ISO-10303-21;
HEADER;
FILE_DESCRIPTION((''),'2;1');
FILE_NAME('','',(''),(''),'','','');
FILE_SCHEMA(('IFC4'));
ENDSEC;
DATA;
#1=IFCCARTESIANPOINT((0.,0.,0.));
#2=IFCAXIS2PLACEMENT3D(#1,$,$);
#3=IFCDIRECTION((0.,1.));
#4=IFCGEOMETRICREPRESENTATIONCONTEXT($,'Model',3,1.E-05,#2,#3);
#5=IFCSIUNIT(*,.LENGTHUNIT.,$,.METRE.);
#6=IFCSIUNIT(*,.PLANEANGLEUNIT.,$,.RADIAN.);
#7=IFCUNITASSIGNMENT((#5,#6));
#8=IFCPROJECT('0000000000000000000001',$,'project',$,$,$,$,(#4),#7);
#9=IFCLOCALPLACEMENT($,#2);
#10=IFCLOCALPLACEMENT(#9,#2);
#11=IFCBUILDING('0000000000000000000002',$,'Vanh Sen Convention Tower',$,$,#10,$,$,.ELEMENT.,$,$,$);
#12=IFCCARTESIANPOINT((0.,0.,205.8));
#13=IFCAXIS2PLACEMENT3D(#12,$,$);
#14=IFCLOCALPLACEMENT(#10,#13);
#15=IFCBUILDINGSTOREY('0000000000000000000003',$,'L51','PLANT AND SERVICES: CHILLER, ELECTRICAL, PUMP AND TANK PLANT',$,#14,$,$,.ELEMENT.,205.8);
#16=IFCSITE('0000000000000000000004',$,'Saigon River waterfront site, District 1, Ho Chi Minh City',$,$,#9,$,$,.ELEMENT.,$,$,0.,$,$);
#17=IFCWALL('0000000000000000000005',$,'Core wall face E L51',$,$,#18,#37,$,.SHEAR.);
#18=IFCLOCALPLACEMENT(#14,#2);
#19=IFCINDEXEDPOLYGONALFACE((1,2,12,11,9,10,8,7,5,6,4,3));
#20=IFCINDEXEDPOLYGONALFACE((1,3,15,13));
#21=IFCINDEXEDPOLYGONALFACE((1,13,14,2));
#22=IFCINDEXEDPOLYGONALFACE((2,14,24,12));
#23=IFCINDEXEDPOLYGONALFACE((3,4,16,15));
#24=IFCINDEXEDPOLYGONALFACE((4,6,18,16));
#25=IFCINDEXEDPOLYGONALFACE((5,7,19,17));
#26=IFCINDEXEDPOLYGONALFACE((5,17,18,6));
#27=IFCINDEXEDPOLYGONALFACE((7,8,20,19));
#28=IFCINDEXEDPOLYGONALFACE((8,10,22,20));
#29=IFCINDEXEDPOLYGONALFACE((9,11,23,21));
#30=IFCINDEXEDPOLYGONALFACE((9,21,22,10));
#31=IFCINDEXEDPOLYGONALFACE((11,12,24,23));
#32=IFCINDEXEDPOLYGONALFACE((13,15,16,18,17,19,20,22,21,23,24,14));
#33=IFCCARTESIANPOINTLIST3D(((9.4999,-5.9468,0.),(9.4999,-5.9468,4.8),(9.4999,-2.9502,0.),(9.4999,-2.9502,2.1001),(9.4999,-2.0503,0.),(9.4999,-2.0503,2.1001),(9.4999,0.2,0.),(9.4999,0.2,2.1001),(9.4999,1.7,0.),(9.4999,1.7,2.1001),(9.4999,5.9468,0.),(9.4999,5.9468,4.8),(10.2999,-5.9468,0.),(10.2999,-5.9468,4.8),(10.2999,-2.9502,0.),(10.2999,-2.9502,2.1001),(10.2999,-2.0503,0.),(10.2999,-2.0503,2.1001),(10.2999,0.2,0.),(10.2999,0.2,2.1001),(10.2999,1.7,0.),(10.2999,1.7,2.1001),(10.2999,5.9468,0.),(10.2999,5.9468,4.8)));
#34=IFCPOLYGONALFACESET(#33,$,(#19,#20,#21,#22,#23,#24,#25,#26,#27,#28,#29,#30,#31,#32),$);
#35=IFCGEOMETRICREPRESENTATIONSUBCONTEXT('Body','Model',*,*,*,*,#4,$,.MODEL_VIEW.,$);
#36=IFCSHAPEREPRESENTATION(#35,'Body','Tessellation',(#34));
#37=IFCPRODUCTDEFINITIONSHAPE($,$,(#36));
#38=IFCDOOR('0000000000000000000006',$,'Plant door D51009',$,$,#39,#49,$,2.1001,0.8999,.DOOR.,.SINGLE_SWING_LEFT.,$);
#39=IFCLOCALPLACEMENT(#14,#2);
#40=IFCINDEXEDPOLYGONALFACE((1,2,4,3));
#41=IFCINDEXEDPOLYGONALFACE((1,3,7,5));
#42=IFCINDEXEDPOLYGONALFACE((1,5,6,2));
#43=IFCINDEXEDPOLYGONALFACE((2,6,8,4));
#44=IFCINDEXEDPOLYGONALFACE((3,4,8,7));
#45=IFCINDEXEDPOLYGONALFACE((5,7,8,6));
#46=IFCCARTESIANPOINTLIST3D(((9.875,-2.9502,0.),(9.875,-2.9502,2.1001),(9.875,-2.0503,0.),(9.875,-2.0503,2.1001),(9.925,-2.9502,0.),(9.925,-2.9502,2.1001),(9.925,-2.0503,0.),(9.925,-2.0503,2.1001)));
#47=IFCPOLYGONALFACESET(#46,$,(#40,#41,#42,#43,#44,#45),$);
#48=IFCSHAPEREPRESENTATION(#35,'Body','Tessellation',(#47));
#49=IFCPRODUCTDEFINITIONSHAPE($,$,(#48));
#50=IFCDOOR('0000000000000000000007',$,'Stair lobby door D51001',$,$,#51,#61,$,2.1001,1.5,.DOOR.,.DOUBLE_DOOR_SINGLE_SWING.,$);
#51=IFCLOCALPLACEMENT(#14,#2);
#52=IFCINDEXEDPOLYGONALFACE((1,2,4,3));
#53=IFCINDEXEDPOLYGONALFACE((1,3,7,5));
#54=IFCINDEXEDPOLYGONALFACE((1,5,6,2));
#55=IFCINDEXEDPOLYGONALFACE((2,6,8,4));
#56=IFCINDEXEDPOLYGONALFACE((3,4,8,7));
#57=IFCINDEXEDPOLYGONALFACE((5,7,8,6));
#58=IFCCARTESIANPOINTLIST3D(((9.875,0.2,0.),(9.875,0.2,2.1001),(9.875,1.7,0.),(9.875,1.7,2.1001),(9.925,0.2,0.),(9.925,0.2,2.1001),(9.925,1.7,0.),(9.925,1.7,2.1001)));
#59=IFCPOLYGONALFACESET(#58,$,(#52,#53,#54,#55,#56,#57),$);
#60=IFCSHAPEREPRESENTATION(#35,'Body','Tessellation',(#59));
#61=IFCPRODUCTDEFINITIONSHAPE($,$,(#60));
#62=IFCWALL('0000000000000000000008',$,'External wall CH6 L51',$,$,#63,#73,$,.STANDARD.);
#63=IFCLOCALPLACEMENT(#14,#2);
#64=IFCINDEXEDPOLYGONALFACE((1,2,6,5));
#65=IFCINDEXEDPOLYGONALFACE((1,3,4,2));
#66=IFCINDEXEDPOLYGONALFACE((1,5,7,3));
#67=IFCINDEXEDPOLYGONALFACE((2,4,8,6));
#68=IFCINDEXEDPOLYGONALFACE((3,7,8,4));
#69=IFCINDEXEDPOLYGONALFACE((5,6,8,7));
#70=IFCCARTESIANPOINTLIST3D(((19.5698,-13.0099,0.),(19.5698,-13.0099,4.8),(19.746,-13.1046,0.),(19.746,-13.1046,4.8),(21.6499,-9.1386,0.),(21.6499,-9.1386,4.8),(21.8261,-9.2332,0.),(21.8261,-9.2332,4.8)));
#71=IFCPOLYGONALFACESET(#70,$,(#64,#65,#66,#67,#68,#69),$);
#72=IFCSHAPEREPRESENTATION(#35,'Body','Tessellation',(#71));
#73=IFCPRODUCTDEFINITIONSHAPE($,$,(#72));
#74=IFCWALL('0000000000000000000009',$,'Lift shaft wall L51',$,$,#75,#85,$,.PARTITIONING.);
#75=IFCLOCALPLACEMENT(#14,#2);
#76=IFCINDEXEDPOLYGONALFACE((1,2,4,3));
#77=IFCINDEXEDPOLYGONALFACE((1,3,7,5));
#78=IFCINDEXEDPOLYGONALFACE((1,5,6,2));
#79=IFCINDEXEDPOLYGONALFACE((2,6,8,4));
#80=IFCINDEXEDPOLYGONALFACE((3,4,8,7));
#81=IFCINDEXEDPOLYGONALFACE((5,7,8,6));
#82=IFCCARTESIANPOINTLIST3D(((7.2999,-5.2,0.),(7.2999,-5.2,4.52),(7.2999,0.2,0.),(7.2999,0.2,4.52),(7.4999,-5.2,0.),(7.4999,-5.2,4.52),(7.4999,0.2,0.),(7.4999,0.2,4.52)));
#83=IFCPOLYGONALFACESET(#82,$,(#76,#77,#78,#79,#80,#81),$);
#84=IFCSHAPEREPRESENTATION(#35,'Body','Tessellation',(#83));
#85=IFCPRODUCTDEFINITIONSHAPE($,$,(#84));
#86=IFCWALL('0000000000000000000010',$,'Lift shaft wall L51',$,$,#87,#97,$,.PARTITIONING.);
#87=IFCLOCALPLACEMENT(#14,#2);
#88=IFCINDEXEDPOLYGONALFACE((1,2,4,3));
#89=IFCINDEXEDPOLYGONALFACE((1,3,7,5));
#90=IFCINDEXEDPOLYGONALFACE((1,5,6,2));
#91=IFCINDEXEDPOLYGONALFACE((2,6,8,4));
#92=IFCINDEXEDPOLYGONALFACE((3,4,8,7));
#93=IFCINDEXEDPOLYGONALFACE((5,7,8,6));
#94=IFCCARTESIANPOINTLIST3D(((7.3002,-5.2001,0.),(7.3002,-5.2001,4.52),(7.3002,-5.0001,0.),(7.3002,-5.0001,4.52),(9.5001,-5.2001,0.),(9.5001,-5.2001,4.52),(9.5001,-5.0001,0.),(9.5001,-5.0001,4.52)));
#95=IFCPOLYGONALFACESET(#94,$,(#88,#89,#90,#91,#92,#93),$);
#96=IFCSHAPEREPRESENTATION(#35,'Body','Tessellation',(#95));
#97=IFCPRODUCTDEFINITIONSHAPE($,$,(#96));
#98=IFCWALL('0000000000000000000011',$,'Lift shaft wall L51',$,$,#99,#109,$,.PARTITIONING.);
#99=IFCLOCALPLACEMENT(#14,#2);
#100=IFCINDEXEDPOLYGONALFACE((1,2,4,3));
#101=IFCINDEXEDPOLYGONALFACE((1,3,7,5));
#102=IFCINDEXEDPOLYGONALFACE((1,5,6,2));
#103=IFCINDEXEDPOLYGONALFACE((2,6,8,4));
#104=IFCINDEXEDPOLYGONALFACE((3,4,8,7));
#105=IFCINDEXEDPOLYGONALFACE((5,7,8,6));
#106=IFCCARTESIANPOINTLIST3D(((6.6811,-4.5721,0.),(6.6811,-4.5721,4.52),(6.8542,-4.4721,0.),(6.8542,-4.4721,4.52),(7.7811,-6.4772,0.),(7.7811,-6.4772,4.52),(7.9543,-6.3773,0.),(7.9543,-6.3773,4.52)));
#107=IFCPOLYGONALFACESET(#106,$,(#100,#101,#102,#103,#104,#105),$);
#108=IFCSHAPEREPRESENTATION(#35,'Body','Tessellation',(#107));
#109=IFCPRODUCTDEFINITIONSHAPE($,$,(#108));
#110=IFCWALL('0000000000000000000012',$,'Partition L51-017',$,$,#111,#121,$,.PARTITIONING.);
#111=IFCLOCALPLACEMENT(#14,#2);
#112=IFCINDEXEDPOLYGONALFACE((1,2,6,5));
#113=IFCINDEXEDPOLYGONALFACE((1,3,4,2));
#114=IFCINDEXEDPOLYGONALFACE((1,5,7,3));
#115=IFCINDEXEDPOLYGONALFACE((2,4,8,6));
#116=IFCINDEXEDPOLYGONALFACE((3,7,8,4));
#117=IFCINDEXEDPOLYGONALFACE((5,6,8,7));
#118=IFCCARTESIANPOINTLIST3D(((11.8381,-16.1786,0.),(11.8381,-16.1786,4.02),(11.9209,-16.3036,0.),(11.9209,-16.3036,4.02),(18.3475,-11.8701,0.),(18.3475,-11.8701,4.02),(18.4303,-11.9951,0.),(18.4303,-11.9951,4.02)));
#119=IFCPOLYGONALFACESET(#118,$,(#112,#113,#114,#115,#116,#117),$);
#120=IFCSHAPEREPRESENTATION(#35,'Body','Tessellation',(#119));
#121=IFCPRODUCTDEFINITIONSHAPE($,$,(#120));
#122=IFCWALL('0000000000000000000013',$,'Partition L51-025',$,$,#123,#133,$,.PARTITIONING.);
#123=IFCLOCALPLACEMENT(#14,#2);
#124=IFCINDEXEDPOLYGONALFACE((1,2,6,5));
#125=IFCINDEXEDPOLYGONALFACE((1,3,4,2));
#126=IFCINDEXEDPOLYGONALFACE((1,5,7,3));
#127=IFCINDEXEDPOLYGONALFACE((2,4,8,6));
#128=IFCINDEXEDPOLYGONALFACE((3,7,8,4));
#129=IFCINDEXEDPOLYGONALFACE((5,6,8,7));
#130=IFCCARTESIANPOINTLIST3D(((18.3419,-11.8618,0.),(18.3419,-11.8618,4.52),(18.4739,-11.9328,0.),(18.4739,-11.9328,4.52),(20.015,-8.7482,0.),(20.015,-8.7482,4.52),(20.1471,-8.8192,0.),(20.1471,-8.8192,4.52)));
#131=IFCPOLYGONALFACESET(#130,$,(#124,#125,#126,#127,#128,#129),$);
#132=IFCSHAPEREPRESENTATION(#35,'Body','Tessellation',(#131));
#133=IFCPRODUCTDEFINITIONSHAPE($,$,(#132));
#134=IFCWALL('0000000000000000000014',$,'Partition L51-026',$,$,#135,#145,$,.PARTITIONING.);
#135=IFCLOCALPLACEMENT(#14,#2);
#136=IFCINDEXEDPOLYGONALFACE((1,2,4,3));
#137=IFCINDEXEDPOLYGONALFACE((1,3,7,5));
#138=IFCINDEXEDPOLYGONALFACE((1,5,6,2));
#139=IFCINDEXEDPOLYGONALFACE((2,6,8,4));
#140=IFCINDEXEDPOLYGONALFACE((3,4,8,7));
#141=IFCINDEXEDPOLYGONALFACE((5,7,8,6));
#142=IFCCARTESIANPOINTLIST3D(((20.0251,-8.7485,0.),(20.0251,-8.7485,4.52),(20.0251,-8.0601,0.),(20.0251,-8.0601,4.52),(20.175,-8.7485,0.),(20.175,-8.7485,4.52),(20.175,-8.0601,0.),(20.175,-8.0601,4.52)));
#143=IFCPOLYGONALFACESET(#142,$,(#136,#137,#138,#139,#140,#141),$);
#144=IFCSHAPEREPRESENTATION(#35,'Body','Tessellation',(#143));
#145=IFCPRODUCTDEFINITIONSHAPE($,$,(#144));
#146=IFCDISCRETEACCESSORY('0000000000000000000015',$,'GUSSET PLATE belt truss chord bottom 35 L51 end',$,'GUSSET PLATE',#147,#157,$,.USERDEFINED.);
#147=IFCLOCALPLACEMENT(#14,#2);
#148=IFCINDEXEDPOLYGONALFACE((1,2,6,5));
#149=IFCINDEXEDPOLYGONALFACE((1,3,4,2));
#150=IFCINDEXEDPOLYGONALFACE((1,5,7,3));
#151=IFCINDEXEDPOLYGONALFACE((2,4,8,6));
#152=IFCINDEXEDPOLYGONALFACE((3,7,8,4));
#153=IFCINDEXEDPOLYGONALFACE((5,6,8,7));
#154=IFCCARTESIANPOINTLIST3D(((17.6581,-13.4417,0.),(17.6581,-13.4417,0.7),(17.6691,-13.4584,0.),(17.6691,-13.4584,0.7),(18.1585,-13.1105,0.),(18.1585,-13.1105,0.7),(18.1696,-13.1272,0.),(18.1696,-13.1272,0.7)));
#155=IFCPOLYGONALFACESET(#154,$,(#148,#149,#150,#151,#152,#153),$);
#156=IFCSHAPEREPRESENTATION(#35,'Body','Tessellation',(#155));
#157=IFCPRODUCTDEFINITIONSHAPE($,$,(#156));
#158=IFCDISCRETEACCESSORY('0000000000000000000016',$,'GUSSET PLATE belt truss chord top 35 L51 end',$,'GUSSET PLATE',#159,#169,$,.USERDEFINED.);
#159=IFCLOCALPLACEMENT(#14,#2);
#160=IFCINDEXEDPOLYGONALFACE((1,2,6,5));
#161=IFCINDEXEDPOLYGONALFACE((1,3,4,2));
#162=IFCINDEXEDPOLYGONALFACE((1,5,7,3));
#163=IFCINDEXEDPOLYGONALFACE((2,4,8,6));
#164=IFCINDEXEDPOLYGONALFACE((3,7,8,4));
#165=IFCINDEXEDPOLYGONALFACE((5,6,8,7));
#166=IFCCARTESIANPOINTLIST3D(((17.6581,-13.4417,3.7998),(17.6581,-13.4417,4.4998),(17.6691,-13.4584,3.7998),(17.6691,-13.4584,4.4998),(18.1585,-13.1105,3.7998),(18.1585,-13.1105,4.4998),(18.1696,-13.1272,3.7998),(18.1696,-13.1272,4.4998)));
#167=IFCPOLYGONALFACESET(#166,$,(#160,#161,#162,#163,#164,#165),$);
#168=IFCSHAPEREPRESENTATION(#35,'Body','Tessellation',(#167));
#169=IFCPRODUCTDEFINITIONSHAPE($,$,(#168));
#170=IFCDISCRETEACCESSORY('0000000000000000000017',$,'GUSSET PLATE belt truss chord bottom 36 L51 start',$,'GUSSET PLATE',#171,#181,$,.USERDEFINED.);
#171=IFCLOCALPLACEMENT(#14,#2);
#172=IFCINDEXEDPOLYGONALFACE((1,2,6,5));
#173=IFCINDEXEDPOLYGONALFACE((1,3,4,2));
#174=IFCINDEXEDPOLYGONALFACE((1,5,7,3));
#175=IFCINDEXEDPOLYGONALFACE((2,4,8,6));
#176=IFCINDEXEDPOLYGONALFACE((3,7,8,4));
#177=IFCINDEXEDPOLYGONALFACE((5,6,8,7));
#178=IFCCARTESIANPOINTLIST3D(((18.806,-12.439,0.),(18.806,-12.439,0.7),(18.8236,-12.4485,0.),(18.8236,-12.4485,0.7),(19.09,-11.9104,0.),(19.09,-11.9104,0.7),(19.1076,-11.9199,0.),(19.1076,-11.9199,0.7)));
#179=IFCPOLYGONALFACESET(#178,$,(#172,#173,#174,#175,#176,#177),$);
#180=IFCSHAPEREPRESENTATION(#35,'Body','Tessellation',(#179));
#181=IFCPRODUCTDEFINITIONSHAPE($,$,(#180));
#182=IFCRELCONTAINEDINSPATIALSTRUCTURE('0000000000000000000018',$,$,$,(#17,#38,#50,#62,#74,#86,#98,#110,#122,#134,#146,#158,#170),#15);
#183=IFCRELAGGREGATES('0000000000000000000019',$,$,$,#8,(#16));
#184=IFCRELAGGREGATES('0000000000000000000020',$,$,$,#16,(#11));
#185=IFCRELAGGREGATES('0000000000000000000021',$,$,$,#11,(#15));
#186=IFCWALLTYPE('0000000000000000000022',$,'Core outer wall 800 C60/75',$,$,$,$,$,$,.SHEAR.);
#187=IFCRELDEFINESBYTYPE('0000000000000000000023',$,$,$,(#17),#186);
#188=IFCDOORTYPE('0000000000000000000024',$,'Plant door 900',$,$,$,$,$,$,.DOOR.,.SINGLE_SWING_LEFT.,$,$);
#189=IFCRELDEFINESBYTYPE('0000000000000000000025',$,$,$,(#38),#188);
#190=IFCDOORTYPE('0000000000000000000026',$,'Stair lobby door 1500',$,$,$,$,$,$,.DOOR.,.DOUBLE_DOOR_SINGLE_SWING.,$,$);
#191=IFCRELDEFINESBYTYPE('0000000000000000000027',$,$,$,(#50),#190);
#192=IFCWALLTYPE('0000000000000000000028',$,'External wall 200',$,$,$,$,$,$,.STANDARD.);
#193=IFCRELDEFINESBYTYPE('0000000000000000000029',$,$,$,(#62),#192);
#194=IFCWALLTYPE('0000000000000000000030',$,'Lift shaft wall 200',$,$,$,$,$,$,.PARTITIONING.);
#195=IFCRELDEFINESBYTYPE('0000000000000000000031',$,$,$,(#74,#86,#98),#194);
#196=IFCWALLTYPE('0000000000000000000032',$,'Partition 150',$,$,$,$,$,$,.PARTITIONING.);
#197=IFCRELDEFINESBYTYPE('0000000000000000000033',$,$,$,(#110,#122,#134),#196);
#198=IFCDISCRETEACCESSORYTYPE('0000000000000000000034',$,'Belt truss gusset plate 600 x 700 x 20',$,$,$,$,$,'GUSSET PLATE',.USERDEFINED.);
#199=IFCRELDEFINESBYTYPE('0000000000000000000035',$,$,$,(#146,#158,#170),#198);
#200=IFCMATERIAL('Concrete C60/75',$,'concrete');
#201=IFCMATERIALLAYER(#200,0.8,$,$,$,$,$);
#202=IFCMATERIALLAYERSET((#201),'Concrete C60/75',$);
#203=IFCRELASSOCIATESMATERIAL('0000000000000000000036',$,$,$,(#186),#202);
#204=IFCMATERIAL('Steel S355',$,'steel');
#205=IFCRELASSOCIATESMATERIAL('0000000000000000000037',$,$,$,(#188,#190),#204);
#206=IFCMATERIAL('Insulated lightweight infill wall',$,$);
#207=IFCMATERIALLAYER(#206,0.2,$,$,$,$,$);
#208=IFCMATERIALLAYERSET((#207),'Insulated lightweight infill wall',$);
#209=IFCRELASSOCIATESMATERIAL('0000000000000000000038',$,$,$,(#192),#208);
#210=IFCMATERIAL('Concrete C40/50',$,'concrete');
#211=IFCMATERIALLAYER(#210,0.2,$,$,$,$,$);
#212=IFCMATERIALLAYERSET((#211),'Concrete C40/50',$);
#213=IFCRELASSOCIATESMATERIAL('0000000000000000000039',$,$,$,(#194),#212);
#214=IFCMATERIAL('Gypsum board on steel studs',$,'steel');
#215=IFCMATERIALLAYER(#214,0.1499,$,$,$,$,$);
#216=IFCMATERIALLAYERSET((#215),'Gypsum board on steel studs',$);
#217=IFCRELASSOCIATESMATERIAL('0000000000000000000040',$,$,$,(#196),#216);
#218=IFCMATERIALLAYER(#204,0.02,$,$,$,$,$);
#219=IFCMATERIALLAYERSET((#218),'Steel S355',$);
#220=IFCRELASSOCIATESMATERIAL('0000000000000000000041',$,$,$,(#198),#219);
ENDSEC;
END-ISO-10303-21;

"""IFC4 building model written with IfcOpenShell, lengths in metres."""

from ifc_helpers import new_model, si_unit, direction, frame, frame_2d, origin, origin_2d, place, context, subcontext, project, spatial, rectangle, extrude, material, layer, layer_set, type_object, element, fill, save


model = new_model("IFC4")

# Units and contexts
model_context = context("Model", 3, precision=1e-05, world=origin(), true_north=direction((0.0, 1.0)))
body_context = subcontext(model_context, "Body", "Model", "MODEL_VIEW")
ifc_project = project(units=[si_unit("LENGTHUNIT", "METRE"), si_unit("PLANEANGLEUNIT", "RADIAN")], contexts=[model_context])

# Site, building, storey
site_placement = place(None, origin())
site = spatial("IfcSite", under=ifc_project, at=site_placement, Name="Saigon River waterfront site, District 1, Ho Chi Minh City", CompositionType="ELEMENT", RefElevation=0.0)
building_placement = place(site_placement, origin())
building = spatial("IfcBuilding", under=site, at=building_placement, Name="Vanh Sen Convention Tower", CompositionType="ELEMENT")
storey_placement = place(building_placement, frame((0.0, 0.0, 205.8)))
storey = spatial("IfcBuildingStorey", under=building, at=storey_placement, Name="L51", Description="PLANT AND SERVICES: CHILLER, ELECTRICAL, PUMP AND TANK PLANT", CompositionType="ELEMENT", Elevation=205.8)

# Shared definitions
ifc_material_1 = material(Name="Steel S355", Category="steel")

# Shared definitions
ifc_material_2 = material(Name="Concrete C40/50", Category="concrete")

# Wall, openings, doors
ifc_material_3 = material(Name="Concrete C60/75", Category="concrete")
ifc_layer_1 = layer(ifc_material_3, 0.8)
ifc_layer_set_1 = layer_set([ifc_layer_1], Name="Concrete C60/75")
wall_type_1 = type_object("IfcWallType", Name="Core outer wall 800 C60/75", PredefinedType="SHEAR", material=ifc_layer_set_1)
wall_1_placement = place(storey_placement, frame((9.8999, -5.9468, 0.0), z_axis=(0.0, 0.0, 1.0), x_axis=(0.0, 1.0, 0.0)))
wall_1 = element("IfcWall", 1, at=wall_1_placement, inside=storey, type_object=wall_type_1, Name="Core wall face E L51", PredefinedType="SHEAR", context=body_context, shape_type="SweptSolid", body=[
    extrude(rectangle(XDim=11.8936, YDim=0.8, at=frame_2d((5.9468, 0.0))), origin(), (0.0, 0.0, 1.0), 4.8),
])
opening_1_placement = place(wall_1_placement, frame((6.1467, 0.0, 0.0)))
opening_1 = element("IfcOpeningElement", 2, at=opening_1_placement, cuts=wall_1, PredefinedType="OPENING", context=body_context, shape_type="SweptSolid", body=[
    extrude(rectangle(XDim=1.5, YDim=2.1001, at=frame_2d((0.75, 1.05))), frame((0.0, 0.4099, 0.0), z_axis=(0.0, -1.0, 0.0), x_axis=(1.0, 0.0, 0.0)), (0.0, 0.0, 1.0), 0.8201),
])
opening_2_placement = place(wall_1_placement, frame((2.9966, 0.0, 0.0)))
opening_2 = element("IfcOpeningElement", 3, at=opening_2_placement, cuts=wall_1, PredefinedType="OPENING", context=body_context, shape_type="SweptSolid", body=[
    extrude(rectangle(XDim=0.8999, YDim=2.1001, at=frame_2d((0.45, 1.05))), frame((0.0, 0.4099, 0.0), z_axis=(0.0, -1.0, 0.0), x_axis=(1.0, 0.0, 0.0)), (0.0, 0.0, 1.0), 0.8201),
])
door_type_1 = type_object("IfcDoorType", Name="Plant door 900", OperationType="SINGLE_SWING_LEFT", PredefinedType="DOOR", material=ifc_material_1)
door_1_placement = place(opening_2_placement, origin())
door_1 = element("IfcDoor", 4, at=door_1_placement, inside=storey, type_object=door_type_1, Name="Plant door D51009", OperationType="SINGLE_SWING_LEFT", OverallHeight=2.1001, OverallWidth=0.8999, PredefinedType="DOOR", context=body_context, shape_type="SweptSolid", body=[
    extrude(rectangle(XDim=0.8999, YDim=2.1001, at=frame_2d((0.45, 1.05))), frame((0.0, 0.0249, 0.0), z_axis=(0.0, -1.0, 0.0), x_axis=(1.0, 0.0, 0.0)), (0.0, 0.0, 1.0), 0.05),
])
fill(opening_2, door_1)
door_type_2 = type_object("IfcDoorType", Name="Stair lobby door 1500", OperationType="DOUBLE_DOOR_SINGLE_SWING", PredefinedType="DOOR", material=ifc_material_1)
door_2_placement = place(opening_1_placement, origin())
door_2 = element("IfcDoor", 5, at=door_2_placement, inside=storey, type_object=door_type_2, Name="Stair lobby door D51001", OperationType="DOUBLE_DOOR_SINGLE_SWING", OverallHeight=2.1001, OverallWidth=1.5, PredefinedType="DOOR", context=body_context, shape_type="SweptSolid", body=[
    extrude(rectangle(XDim=1.5, YDim=2.1001, at=frame_2d((0.75, 1.05))), frame((0.0, 0.0249, 0.0), z_axis=(0.0, -1.0, 0.0), x_axis=(1.0, 0.0, 0.0)), (0.0, 0.0, 1.0), 0.05),
])
fill(opening_1, door_2)

# Walls
ifc_material_4 = material(Name="Insulated lightweight infill wall")
ifc_layer_2 = layer(ifc_material_4, 0.2)
ifc_layer_set_2 = layer_set([ifc_layer_2], Name="Insulated lightweight infill wall")
wall_type_2 = type_object("IfcWallType", Name="External wall 200", PredefinedType="STANDARD", material=ifc_layer_set_2)
wall_2_placement = place(storey_placement, frame((19.658, -13.0571, 0.0), z_axis=(0.0, 0.0, 1.0), x_axis=(0.473308, 0.880897, 0.0)))
element("IfcWall", 6, at=wall_2_placement, inside=storey, type_object=wall_type_2, Name="External wall CH6 L51", PredefinedType="STANDARD", context=body_context, shape_type="SweptSolid", body=[
    extrude(rectangle(XDim=4.3948, YDim=0.2, at=frame_2d((2.1973, 0.0))), origin(), (0.0, 0.0, 1.0), 4.8),
])
ifc_layer_3 = layer(ifc_material_2, 0.2)
ifc_layer_set_3 = layer_set([ifc_layer_3], Name="Concrete C40/50")
wall_type_3 = type_object("IfcWallType", Name="Lift shaft wall 200", PredefinedType="PARTITIONING", material=ifc_layer_set_3)
wall_3_placement = place(storey_placement, frame((7.3999, -5.2, 0.0), z_axis=(0.0, 0.0, 1.0), x_axis=(0.0, 1.0, 0.0)))
element("IfcWall", 7, at=wall_3_placement, inside=storey, type_object=wall_type_3, Name="Lift shaft wall L51", PredefinedType="PARTITIONING", context=body_context, shape_type="SweptSolid", body=[
    extrude(rectangle(XDim=5.3999, YDim=0.2, at=frame_2d((2.7, 0.0))), origin(), (0.0, 0.0, 1.0), 4.52),
])
for number, where, z_axis, x_axis, name in (
    (8, (7.3, -5.1001, 0.0), (0.0, 0.0, 1.0), (1.0, 0.0, 0.0), "Lift shaft wall L51"),
    (9, (6.7676, -4.522, 0.0), (0.0, 0.0, 1.0), (0.50003, -0.866008, 0.0), "Lift shaft wall L51"),
):
    element("IfcWall", number, at=place(storey_placement, frame(where, z_axis=z_axis, x_axis=x_axis)), inside=storey, type_object=wall_type_3, Name=name, PredefinedType="PARTITIONING", context=body_context, shape_type="SweptSolid", body=[
        extrude(rectangle(XDim=2.2, YDim=0.2, at=frame_2d((1.1001, 0.0))), origin(), (0.0, 0.0, 1.0), 4.52),
    ])
ifc_material_5 = material(Name="Gypsum board on steel studs", Category="steel")
ifc_layer_4 = layer(ifc_material_5, 0.1499)
ifc_layer_set_4 = layer_set([ifc_layer_4], Name="Gypsum board on steel studs")
wall_type_4 = type_object("IfcWallType", Name="Partition 150", PredefinedType="PARTITIONING", material=ifc_layer_set_4)
wall_4_placement = place(storey_placement, frame((18.3889, -11.9326, 0.0), z_axis=(0.0, 0.0, 1.0), x_axis=(-0.833884, -0.55194, 0.0)))
element("IfcWall", 10, at=wall_4_placement, inside=storey, type_object=wall_type_4, Name="Partition L51-017", PredefinedType="PARTITIONING", context=body_context, shape_type="SweptSolid", body=[
    extrude(rectangle(XDim=7.8062, YDim=0.1499, at=frame_2d((3.9031, 0.0))), origin(), (0.0, 0.0, 1.0), 4.02),
])
wall_5_placement = place(storey_placement, frame((20.0811, -8.7837, 0.0), z_axis=(0.0, 0.0, 1.0), x_axis=(-0.47335, -0.880874, 0.0)))
element("IfcWall", 11, at=wall_5_placement, inside=storey, type_object=wall_type_4, Name="Partition L51-025", PredefinedType="PARTITIONING", context=body_context, shape_type="SweptSolid", body=[
    extrude(rectangle(XDim=3.5347, YDim=0.1499, at=frame_2d((1.7673, 0.0))), origin(), (0.0, 0.0, 1.0), 4.52),
])
wall_6_placement = place(storey_placement, frame((20.1001, -8.0601, 0.0), z_axis=(0.0, 0.0, 1.0), x_axis=(0.0, -1.0, 0.0)))
element("IfcWall", 12, at=wall_6_placement, inside=storey, type_object=wall_type_4, Name="Partition L51-026", PredefinedType="PARTITIONING", context=body_context, shape_type="SweptSolid", body=[
    extrude(rectangle(XDim=0.6885, YDim=0.1499, at=frame_2d((0.3442, 0.0))), origin(), (0.0, 0.0, 1.0), 4.52),
])

# Discrete accessories
ifc_layer_5 = layer(ifc_material_1, 0.02)
ifc_layer_set_5 = layer_set([ifc_layer_5], Name="Steel S355")
discrete_accessory_type = type_object("IfcDiscreteAccessoryType", Name="Belt truss gusset plate 600 x 700 x 20", ElementType="GUSSET PLATE", PredefinedType="USERDEFINED", material=ifc_layer_set_5)
for number, where, z_axis, x_axis, name in (
    (13, (17.9138, -13.2844, 0.0), (0.0, 0.0, 1.0), (-0.83389, -0.551931, 0.0), "GUSSET PLATE belt truss chord bottom 35 L51 end"),
    (14, (17.9138, -13.2844, 3.7998), (0.0, 0.0, 1.0), (-0.83389, -0.551931, 0.0), "GUSSET PLATE belt truss chord top 35 L51 end"),
    (15, (18.9568, -12.1794, 0.0), (0.0, 0.0, 1.0), (0.473321, 0.88089, 0.0), "GUSSET PLATE belt truss chord bottom 36 L51 start"),
):
    element("IfcDiscreteAccessory", number, at=place(storey_placement, frame(where, z_axis=z_axis, x_axis=x_axis)), inside=storey, type_object=discrete_accessory_type, Name=name, ObjectType="GUSSET PLATE", PredefinedType="USERDEFINED", context=body_context, shape_type="SweptSolid", body=[
        extrude(rectangle(XDim=0.6001, YDim=0.02, at=origin_2d()), origin(), (0.0, 0.0, 1.0), 0.7),
    ])

save(model, "model.ifc")
